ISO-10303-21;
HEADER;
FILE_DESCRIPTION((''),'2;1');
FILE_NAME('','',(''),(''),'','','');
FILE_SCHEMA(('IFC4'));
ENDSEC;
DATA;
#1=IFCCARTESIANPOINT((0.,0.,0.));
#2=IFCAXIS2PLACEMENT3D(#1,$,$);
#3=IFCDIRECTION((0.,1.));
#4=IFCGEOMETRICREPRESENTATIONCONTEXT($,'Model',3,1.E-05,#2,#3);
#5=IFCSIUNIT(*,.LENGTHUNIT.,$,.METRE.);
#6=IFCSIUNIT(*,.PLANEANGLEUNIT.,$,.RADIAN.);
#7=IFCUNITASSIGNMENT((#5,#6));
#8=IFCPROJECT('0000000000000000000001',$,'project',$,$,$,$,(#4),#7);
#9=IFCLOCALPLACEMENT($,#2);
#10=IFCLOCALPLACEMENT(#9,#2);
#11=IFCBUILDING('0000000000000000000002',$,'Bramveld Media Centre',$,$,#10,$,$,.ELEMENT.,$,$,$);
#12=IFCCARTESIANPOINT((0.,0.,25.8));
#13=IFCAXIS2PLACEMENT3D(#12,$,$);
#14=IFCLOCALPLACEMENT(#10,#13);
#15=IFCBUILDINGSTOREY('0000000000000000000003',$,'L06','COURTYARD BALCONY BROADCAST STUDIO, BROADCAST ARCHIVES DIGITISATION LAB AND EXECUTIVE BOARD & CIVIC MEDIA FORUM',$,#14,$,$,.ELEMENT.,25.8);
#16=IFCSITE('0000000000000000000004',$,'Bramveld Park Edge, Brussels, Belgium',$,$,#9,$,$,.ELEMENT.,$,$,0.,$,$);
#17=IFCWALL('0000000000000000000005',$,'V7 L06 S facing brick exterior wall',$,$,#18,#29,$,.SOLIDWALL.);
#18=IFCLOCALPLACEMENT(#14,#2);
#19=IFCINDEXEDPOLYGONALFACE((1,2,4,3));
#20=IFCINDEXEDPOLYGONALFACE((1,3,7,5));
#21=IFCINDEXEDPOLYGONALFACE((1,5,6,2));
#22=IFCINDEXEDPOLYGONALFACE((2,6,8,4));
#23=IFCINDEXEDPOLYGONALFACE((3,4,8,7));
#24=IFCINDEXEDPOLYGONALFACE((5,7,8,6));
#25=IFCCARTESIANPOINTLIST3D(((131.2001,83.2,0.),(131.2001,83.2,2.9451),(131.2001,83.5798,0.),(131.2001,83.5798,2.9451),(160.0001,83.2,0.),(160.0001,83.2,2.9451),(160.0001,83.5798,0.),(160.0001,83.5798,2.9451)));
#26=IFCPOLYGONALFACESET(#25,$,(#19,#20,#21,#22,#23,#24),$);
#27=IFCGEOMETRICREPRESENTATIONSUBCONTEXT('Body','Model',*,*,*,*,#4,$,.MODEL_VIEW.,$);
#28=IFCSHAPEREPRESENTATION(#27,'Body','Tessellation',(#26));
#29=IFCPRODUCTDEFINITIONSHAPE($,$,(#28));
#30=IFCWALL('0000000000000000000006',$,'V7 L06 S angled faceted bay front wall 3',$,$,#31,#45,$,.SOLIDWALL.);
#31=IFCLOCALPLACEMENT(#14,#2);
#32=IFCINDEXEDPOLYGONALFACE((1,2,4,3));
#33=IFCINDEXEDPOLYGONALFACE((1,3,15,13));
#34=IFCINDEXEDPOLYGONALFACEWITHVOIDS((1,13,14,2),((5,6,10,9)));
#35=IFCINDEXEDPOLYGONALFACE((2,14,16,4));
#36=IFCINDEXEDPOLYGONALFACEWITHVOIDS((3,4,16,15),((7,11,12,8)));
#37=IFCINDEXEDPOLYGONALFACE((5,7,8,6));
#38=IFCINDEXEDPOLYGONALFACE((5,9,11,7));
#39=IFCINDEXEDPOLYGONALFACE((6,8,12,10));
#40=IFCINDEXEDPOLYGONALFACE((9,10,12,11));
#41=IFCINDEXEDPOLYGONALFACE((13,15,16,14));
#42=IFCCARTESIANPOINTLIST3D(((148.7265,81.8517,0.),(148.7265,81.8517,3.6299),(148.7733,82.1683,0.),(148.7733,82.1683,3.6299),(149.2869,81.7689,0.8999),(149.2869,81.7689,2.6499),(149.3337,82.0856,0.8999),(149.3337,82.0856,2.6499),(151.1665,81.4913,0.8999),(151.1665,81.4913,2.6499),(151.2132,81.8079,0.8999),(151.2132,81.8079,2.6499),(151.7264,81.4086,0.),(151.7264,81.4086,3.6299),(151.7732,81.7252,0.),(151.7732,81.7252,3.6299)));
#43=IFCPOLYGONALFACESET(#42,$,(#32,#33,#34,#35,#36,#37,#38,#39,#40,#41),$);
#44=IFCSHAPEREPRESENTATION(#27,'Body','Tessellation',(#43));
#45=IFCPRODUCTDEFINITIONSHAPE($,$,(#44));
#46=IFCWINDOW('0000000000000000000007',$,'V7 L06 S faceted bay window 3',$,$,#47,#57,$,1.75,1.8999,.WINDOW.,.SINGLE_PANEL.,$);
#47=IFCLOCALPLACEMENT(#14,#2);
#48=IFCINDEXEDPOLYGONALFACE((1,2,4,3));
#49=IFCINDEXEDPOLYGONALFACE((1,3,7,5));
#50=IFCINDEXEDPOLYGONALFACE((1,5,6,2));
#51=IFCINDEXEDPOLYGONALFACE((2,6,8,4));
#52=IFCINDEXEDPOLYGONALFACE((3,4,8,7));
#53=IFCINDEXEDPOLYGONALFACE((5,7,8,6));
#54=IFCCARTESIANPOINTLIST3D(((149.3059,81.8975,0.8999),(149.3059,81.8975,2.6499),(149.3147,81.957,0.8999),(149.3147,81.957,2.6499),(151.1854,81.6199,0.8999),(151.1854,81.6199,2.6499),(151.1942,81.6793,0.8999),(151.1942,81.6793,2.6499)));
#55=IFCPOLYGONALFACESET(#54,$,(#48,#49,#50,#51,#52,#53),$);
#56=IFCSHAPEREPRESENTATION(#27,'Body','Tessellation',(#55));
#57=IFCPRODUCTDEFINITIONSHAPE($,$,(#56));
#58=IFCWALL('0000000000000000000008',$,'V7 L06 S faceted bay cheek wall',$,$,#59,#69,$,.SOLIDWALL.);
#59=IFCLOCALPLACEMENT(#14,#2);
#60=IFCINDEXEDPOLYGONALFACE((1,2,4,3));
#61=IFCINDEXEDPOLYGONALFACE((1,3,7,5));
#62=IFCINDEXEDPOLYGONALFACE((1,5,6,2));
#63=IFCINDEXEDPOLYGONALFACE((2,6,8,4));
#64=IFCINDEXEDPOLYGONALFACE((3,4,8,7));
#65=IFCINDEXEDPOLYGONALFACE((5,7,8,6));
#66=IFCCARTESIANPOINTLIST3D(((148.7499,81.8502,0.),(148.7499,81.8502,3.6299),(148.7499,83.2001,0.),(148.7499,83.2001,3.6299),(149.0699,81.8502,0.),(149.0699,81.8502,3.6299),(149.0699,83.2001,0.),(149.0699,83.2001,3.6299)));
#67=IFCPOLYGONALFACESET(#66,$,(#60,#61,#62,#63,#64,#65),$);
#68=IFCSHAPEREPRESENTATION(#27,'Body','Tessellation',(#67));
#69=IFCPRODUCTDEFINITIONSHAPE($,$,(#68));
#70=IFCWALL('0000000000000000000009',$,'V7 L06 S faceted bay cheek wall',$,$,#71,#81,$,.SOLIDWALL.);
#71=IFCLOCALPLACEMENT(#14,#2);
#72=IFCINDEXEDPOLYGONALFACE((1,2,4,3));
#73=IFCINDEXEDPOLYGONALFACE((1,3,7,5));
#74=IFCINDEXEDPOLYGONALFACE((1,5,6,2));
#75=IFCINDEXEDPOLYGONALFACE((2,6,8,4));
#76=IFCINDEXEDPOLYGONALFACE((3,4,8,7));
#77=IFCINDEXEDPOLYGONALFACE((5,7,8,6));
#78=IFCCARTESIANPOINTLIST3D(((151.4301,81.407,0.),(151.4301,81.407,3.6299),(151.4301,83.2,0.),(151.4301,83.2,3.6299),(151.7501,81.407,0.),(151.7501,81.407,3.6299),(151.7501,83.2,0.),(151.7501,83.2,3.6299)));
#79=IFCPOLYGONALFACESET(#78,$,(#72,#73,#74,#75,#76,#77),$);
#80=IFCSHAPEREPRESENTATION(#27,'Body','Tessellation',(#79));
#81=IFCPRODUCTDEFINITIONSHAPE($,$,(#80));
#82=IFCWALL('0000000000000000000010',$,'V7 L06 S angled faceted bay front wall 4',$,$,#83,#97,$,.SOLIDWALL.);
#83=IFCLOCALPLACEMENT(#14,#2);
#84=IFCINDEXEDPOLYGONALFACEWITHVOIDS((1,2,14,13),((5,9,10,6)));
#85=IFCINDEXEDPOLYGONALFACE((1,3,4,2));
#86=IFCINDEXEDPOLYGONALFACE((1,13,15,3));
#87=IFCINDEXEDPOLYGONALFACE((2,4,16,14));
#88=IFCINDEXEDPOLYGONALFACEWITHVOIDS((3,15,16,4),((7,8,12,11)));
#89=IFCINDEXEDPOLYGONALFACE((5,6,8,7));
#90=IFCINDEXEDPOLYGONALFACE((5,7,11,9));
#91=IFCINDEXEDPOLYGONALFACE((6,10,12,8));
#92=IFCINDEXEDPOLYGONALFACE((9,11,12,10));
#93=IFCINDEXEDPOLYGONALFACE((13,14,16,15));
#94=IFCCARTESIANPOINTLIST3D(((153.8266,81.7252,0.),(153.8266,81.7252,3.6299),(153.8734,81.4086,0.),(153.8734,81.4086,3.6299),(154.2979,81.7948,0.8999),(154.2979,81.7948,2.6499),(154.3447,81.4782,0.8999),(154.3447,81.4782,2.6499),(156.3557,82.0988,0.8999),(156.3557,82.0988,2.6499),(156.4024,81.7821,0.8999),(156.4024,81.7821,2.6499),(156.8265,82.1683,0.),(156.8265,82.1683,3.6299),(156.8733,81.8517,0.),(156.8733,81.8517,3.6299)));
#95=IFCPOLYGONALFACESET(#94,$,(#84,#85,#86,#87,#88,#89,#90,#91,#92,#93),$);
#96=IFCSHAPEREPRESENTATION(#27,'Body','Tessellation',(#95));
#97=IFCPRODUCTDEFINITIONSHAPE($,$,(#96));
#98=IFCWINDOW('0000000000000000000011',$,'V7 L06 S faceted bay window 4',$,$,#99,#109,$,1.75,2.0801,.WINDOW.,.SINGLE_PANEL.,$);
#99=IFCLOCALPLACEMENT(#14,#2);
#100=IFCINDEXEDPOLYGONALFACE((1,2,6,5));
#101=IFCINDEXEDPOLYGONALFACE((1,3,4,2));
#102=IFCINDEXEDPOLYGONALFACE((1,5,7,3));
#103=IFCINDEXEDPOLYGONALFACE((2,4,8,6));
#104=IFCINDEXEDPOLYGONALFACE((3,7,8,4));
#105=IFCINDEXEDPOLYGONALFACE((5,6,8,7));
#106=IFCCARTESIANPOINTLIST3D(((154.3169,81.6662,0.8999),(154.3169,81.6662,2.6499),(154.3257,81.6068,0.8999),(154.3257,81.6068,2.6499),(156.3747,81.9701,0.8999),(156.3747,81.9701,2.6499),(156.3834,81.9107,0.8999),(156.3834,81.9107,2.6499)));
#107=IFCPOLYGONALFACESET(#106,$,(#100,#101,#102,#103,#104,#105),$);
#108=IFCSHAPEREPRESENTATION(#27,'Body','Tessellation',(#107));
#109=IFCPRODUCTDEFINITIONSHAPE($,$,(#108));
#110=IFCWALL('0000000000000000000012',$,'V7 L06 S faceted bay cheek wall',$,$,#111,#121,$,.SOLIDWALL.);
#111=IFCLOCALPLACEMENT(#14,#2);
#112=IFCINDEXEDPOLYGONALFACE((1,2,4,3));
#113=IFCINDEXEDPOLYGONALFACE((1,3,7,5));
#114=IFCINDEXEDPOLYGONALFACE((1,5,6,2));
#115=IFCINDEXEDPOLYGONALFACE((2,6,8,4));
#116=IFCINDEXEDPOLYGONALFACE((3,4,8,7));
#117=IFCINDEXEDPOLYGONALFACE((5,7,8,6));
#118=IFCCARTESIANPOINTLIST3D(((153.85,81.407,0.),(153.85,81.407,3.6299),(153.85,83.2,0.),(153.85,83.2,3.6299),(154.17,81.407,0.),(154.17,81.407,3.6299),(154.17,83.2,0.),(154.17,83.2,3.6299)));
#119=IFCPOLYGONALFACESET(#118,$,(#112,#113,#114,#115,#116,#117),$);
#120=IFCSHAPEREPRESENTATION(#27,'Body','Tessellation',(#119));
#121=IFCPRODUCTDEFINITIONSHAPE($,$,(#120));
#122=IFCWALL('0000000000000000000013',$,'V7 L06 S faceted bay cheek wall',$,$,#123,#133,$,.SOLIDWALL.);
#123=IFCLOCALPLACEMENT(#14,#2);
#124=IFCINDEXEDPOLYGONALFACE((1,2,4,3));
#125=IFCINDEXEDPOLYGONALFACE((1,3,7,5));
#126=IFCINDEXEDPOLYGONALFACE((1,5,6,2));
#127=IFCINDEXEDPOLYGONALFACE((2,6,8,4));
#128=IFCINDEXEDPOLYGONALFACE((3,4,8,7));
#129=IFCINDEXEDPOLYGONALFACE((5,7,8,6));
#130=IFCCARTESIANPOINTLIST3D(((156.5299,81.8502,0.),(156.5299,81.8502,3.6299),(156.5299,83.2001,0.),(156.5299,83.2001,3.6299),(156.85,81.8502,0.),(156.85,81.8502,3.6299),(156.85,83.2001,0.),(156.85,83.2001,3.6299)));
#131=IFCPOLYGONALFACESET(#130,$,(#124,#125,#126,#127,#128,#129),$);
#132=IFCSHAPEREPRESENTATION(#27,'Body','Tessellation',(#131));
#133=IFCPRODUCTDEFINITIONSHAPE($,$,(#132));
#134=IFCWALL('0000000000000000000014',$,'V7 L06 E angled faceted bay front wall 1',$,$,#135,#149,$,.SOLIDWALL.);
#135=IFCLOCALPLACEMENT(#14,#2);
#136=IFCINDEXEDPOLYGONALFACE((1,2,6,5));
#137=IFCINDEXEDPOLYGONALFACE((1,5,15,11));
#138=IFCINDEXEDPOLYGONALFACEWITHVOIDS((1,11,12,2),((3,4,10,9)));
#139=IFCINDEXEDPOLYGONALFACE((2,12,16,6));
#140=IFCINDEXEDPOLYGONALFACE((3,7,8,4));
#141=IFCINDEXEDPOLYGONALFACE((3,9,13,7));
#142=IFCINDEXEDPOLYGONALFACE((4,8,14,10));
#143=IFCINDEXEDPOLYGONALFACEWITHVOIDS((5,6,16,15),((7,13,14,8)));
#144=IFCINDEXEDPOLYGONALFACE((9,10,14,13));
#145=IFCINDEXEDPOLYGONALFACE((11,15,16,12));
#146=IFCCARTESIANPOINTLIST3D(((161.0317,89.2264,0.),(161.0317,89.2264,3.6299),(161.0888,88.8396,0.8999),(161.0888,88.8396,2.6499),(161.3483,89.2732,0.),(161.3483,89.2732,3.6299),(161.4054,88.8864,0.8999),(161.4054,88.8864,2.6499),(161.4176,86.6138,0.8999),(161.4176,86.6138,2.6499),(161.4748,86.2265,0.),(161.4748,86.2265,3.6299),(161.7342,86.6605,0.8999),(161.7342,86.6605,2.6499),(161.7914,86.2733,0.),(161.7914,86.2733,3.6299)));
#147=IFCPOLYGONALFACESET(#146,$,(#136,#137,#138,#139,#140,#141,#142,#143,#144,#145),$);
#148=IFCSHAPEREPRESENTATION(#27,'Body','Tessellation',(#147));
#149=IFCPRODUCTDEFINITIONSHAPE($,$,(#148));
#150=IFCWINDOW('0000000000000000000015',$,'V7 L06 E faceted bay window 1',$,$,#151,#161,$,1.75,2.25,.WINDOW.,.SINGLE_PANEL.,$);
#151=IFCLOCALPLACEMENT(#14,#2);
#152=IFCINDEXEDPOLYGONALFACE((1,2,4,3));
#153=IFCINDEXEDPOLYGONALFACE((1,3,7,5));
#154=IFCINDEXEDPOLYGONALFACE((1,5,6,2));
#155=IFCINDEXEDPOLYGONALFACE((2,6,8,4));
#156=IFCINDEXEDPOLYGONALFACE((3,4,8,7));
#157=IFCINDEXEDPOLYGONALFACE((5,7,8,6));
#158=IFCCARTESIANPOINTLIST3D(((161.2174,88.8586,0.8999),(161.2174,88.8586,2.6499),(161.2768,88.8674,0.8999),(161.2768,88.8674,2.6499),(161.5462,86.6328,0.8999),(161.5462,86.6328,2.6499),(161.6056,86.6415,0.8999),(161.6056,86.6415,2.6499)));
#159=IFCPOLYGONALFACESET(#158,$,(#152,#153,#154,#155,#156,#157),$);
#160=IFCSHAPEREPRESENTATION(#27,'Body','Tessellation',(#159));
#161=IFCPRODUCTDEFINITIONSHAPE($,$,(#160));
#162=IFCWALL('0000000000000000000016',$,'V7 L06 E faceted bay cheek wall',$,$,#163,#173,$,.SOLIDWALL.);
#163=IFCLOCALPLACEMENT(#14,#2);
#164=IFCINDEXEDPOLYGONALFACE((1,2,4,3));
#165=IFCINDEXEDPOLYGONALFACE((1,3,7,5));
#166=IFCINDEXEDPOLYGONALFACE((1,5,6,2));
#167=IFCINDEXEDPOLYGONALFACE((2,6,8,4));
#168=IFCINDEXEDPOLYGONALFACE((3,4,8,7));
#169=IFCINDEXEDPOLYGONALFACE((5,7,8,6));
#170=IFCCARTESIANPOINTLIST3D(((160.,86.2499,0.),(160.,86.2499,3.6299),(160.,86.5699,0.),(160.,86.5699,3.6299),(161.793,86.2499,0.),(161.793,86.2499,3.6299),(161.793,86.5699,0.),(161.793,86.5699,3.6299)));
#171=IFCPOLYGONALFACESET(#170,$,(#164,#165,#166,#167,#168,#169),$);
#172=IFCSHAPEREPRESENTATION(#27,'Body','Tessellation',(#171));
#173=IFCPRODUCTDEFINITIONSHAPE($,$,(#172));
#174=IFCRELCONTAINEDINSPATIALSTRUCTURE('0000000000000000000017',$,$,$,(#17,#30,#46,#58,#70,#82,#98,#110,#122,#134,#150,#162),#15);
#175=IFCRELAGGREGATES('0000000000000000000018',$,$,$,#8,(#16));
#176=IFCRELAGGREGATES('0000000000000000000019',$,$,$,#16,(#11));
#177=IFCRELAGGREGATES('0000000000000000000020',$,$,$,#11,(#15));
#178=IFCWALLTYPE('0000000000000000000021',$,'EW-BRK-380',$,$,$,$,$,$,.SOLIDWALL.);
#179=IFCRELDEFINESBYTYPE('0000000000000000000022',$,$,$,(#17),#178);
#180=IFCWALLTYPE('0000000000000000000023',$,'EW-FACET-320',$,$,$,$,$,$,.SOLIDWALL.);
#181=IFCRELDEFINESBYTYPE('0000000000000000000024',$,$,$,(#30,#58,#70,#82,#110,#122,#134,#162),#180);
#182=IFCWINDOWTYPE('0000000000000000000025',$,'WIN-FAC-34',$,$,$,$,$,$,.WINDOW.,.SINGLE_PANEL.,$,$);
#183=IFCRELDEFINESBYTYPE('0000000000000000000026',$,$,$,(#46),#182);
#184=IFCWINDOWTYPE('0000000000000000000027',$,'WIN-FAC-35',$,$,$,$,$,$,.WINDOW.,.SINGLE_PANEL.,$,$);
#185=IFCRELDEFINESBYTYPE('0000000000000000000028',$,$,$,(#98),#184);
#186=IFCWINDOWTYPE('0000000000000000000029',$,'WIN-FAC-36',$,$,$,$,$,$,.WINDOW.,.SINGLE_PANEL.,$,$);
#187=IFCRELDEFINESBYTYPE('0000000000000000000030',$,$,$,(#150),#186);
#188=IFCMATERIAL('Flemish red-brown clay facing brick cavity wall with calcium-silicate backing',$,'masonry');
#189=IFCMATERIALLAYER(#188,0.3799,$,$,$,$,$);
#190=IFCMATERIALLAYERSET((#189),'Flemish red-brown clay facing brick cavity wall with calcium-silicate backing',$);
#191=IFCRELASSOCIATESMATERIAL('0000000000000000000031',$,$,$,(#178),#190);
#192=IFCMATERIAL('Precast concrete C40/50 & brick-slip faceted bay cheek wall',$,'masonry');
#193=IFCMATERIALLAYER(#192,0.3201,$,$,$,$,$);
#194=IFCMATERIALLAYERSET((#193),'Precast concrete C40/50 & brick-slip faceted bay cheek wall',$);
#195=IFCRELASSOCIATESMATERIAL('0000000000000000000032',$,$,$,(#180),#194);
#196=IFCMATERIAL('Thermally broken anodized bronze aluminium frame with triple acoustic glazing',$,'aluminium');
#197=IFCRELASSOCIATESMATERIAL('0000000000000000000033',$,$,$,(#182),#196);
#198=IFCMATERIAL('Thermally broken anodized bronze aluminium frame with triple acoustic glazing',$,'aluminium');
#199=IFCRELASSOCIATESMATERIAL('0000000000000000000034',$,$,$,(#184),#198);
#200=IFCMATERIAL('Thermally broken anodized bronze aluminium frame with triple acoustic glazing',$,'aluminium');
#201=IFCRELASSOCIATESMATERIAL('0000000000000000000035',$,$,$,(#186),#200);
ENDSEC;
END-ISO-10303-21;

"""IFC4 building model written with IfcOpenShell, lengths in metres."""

from ifc_helpers import new_model, si_unit, direction, frame, frame_2d, origin, place, context, subcontext, project, spatial, rectangle, extrude, material, layer, layer_set, type_object, element, fill, save


model = new_model("IFC4")

# Units and contexts
model_context = context("Model", 3, precision=1e-05, world=origin(), true_north=direction((0.0, 1.0)))
body_context = subcontext(model_context, "Body", "Model", "MODEL_VIEW")
ifc_project = project(units=[si_unit("LENGTHUNIT", "METRE"), si_unit("PLANEANGLEUNIT", "RADIAN")], contexts=[model_context])

# Site, building, storey
site_placement = place(None, origin())
site = spatial("IfcSite", under=ifc_project, at=site_placement, Name="Bramveld Park Edge, Brussels, Belgium", CompositionType="ELEMENT", RefElevation=0.0)
building_placement = place(site_placement, origin())
building = spatial("IfcBuilding", under=site, at=building_placement, Name="Bramveld Media Centre", CompositionType="ELEMENT")
storey_placement = place(building_placement, frame((0.0, 0.0, 25.8)))
storey = spatial("IfcBuildingStorey", under=building, at=storey_placement, Name="L06", Description="COURTYARD BALCONY BROADCAST STUDIO, BROADCAST ARCHIVES DIGITISATION LAB AND EXECUTIVE BOARD & CIVIC MEDIA FORUM", CompositionType="ELEMENT", Elevation=25.8)

# Wall
ifc_material_1 = material(Name="Flemish red-brown clay facing brick cavity wall with calcium-silicate backing", Category="masonry")
ifc_layer_1 = layer(ifc_material_1, 0.3799)
ifc_layer_set_1 = layer_set([ifc_layer_1], Name="Flemish red-brown clay facing brick cavity wall with calcium-silicate backing")
wall_type_1 = type_object("IfcWallType", Name="EW-BRK-380", PredefinedType="SOLIDWALL", material=ifc_layer_set_1)
wall_1_placement = place(storey_placement, frame((160.0, 83.3899, 0.0), z_axis=(0.0, 0.0, 1.0), x_axis=(-1.0, 0.0, 0.0)))
element("IfcWall", 1, at=wall_1_placement, inside=storey, type_object=wall_type_1, Name="V7 L06 S facing brick exterior wall", PredefinedType="SOLIDWALL", context=body_context, shape_type="SweptSolid", body=[
    extrude(rectangle(XDim=28.8, YDim=0.3799, at=frame_2d((14.3999, 0.0))), origin(), (0.0, 0.0, 1.0), 2.9451),
])

# Wall, opening, window
ifc_material_2 = material(Name="Precast concrete C40/50 & brick-slip faceted bay cheek wall", Category="masonry")
ifc_layer_2 = layer(ifc_material_2, 0.3201)
ifc_layer_set_2 = layer_set([ifc_layer_2], Name="Precast concrete C40/50 & brick-slip faceted bay cheek wall")
wall_type_2 = type_object("IfcWallType", Name="EW-FACET-320", PredefinedType="SOLIDWALL", material=ifc_layer_set_2)
wall_2_placement = place(storey_placement, frame((148.75, 82.01, 0.0), z_axis=(0.0, 0.0, 1.0), x_axis=(0.989267, -0.14612, 0.0)))
wall_2 = element("IfcWall", 2, at=wall_2_placement, inside=storey, type_object=wall_type_2, Name="V7 L06 S angled faceted bay front wall 3", PredefinedType="SOLIDWALL", context=body_context, shape_type="SweptSolid", body=[
    extrude(rectangle(XDim=3.0325, YDim=0.3201, at=frame_2d((1.5161, 0.0))), origin(), (0.0, 0.0, 1.0), 3.6299),
])
opening_1_placement = place(wall_2_placement, frame((0.5664, 0.0, 0.8999)))
opening_1 = element("IfcOpeningElement", 3, at=opening_1_placement, cuts=wall_2, PredefinedType="OPENING", context=body_context, shape_type="SweptSolid", body=[
    extrude(rectangle(XDim=1.8999, YDim=1.75, at=frame_2d((0.95, 0.875))), frame((0.0, 0.1719, 0.0), z_axis=(0.0, -1.0, 0.0), x_axis=(1.0, 0.0, 0.0)), (0.0, 0.0, 1.0), 0.344),
])
ifc_material_3 = material(Name="Thermally broken anodized bronze aluminium frame with triple acoustic glazing", Category="aluminium")
window_type_1 = type_object("IfcWindowType", Name="WIN-FAC-34", PartitioningType="SINGLE_PANEL", PredefinedType="WINDOW", material=ifc_material_3)
window_1_placement = place(opening_1_placement, origin())
window_1 = element("IfcWindow", 4, at=window_1_placement, inside=storey, type_object=window_type_1, Name="V7 L06 S faceted bay window 3", OverallHeight=1.75, OverallWidth=1.8999, PartitioningType="SINGLE_PANEL", PredefinedType="WINDOW", context=body_context, shape_type="SweptSolid", body=[
    extrude(rectangle(XDim=1.8999, YDim=1.75, at=frame_2d((0.95, 0.875))), frame((0.0, 0.03, 0.0), z_axis=(0.0, -1.0, 0.0), x_axis=(1.0, 0.0, 0.0)), (0.0, 0.0, 1.0), 0.0601),
])
fill(opening_1, window_1)

# Walls
wall_3_placement = place(storey_placement, frame((148.9099, 83.2, 0.0), z_axis=(0.0, 0.0, 1.0), x_axis=(0.0, -1.0, 0.0)))
element("IfcWall", 5, at=wall_3_placement, inside=storey, type_object=wall_type_2, Name="V7 L06 S faceted bay cheek wall", PredefinedType="SOLIDWALL", context=body_context, shape_type="SweptSolid", body=[
    extrude(rectangle(XDim=1.3499, YDim=0.3201, at=frame_2d((0.6748, 0.0))), origin(), (0.0, 0.0, 1.0), 3.6299),
])
wall_4_placement = place(storey_placement, frame((151.5901, 83.2, 0.0), z_axis=(0.0, 0.0, 1.0), x_axis=(0.0, -1.0, 0.0)))
element("IfcWall", 6, at=wall_4_placement, inside=storey, type_object=wall_type_2, Name="V7 L06 S faceted bay cheek wall", PredefinedType="SOLIDWALL", context=body_context, shape_type="SweptSolid", body=[
    extrude(rectangle(XDim=1.793, YDim=0.3201, at=frame_2d((0.8965, 0.0))), origin(), (0.0, 0.0, 1.0), 3.6299),
])

# Wall, opening, window
wall_5_placement = place(storey_placement, frame((153.8501, 81.5669, 0.0), z_axis=(0.0, 0.0, 1.0), x_axis=(0.989267, 0.14612, 0.0)))
wall_5 = element("IfcWall", 7, at=wall_5_placement, inside=storey, type_object=wall_type_2, Name="V7 L06 S angled faceted bay front wall 4", PredefinedType="SOLIDWALL", context=body_context, shape_type="SweptSolid", body=[
    extrude(rectangle(XDim=3.0325, YDim=0.3201, at=frame_2d((1.5161, 0.0))), origin(), (0.0, 0.0, 1.0), 3.6299),
])
opening_2_placement = place(wall_5_placement, frame((0.4763, 0.0, 0.8999)))
opening_2 = element("IfcOpeningElement", 8, at=opening_2_placement, cuts=wall_5, PredefinedType="OPENING", context=body_context, shape_type="SweptSolid", body=[
    extrude(rectangle(XDim=2.0801, YDim=1.75, at=frame_2d((1.04, 0.875))), frame((0.0, 0.1719, 0.0), z_axis=(0.0, -1.0, 0.0), x_axis=(1.0, 0.0, 0.0)), (0.0, 0.0, 1.0), 0.344),
])
ifc_material_4 = material(Name="Thermally broken anodized bronze aluminium frame with triple acoustic glazing", Category="aluminium")
window_type_2 = type_object("IfcWindowType", Name="WIN-FAC-35", PartitioningType="SINGLE_PANEL", PredefinedType="WINDOW", material=ifc_material_4)
window_2_placement = place(opening_2_placement, origin())
window_2 = element("IfcWindow", 9, at=window_2_placement, inside=storey, type_object=window_type_2, Name="V7 L06 S faceted bay window 4", OverallHeight=1.75, OverallWidth=2.0801, PartitioningType="SINGLE_PANEL", PredefinedType="WINDOW", context=body_context, shape_type="SweptSolid", body=[
    extrude(rectangle(XDim=2.0801, YDim=1.75, at=frame_2d((1.04, 0.875))), frame((0.0, 0.03, 0.0), z_axis=(0.0, -1.0, 0.0), x_axis=(1.0, 0.0, 0.0)), (0.0, 0.0, 1.0), 0.0601),
])
fill(opening_2, window_2)

# Walls
wall_6_placement = place(storey_placement, frame((154.01, 83.2, 0.0), z_axis=(0.0, 0.0, 1.0), x_axis=(0.0, -1.0, 0.0)))
element("IfcWall", 10, at=wall_6_placement, inside=storey, type_object=wall_type_2, Name="V7 L06 S faceted bay cheek wall", PredefinedType="SOLIDWALL", context=body_context, shape_type="SweptSolid", body=[
    extrude(rectangle(XDim=1.793, YDim=0.3201, at=frame_2d((0.8965, 0.0))), origin(), (0.0, 0.0, 1.0), 3.6299),
])
wall_7_placement = place(storey_placement, frame((156.6899, 83.2, 0.0), z_axis=(0.0, 0.0, 1.0), x_axis=(0.0, -1.0, 0.0)))
element("IfcWall", 11, at=wall_7_placement, inside=storey, type_object=wall_type_2, Name="V7 L06 S faceted bay cheek wall", PredefinedType="SOLIDWALL", context=body_context, shape_type="SweptSolid", body=[
    extrude(rectangle(XDim=1.3499, YDim=0.3201, at=frame_2d((0.6748, 0.0))), origin(), (0.0, 0.0, 1.0), 3.6299),
])

# Wall, opening, window
wall_8_placement = place(storey_placement, frame((161.6331, 86.25, 0.0), z_axis=(0.0, 0.0, 1.0), x_axis=(-0.14612, 0.989267, 0.0)))
wall_8 = element("IfcWall", 12, at=wall_8_placement, inside=storey, type_object=wall_type_2, Name="V7 L06 E angled faceted bay front wall 1", PredefinedType="SOLIDWALL", context=body_context, shape_type="SweptSolid", body=[
    extrude(rectangle(XDim=3.0325, YDim=0.3201, at=frame_2d((1.5161, 0.0))), origin(), (0.0, 0.0, 1.0), 3.6299),
])
opening_3_placement = place(wall_8_placement, frame((0.3914, 0.0, 0.8999)))
opening_3 = element("IfcOpeningElement", 13, at=opening_3_placement, cuts=wall_8, PredefinedType="OPENING", context=body_context, shape_type="SweptSolid", body=[
    extrude(rectangle(XDim=2.25, YDim=1.75, at=frame_2d((1.125, 0.875))), frame((0.0, 0.1719, 0.0), z_axis=(0.0, -1.0, 0.0), x_axis=(1.0, 0.0, 0.0)), (0.0, 0.0, 1.0), 0.344),
])
ifc_material_5 = material(Name="Thermally broken anodized bronze aluminium frame with triple acoustic glazing", Category="aluminium")
window_type_3 = type_object("IfcWindowType", Name="WIN-FAC-36", PartitioningType="SINGLE_PANEL", PredefinedType="WINDOW", material=ifc_material_5)
window_3_placement = place(opening_3_placement, origin())
window_3 = element("IfcWindow", 14, at=window_3_placement, inside=storey, type_object=window_type_3, Name="V7 L06 E faceted bay window 1", OverallHeight=1.75, OverallWidth=2.25, PartitioningType="SINGLE_PANEL", PredefinedType="WINDOW", context=body_context, shape_type="SweptSolid", body=[
    extrude(rectangle(XDim=2.25, YDim=1.75, at=frame_2d((1.125, 0.875))), frame((0.0, 0.03, 0.0), z_axis=(0.0, -1.0, 0.0), x_axis=(1.0, 0.0, 0.0)), (0.0, 0.0, 1.0), 0.0601),
])
fill(opening_3, window_3)

# Wall
wall_9_placement = place(storey_placement, frame((160.0, 86.4099, 0.0), z_axis=(0.0, 0.0, 1.0), x_axis=(1.0, 0.0, 0.0)))
element("IfcWall", 15, at=wall_9_placement, inside=storey, type_object=wall_type_2, Name="V7 L06 E faceted bay cheek wall", PredefinedType="SOLIDWALL", context=body_context, shape_type="SweptSolid", body=[
    extrude(rectangle(XDim=1.793, YDim=0.3201, at=frame_2d((0.8965, 0.0))), origin(), (0.0, 0.0, 1.0), 3.6299),
])

save(model, "model.ifc")
